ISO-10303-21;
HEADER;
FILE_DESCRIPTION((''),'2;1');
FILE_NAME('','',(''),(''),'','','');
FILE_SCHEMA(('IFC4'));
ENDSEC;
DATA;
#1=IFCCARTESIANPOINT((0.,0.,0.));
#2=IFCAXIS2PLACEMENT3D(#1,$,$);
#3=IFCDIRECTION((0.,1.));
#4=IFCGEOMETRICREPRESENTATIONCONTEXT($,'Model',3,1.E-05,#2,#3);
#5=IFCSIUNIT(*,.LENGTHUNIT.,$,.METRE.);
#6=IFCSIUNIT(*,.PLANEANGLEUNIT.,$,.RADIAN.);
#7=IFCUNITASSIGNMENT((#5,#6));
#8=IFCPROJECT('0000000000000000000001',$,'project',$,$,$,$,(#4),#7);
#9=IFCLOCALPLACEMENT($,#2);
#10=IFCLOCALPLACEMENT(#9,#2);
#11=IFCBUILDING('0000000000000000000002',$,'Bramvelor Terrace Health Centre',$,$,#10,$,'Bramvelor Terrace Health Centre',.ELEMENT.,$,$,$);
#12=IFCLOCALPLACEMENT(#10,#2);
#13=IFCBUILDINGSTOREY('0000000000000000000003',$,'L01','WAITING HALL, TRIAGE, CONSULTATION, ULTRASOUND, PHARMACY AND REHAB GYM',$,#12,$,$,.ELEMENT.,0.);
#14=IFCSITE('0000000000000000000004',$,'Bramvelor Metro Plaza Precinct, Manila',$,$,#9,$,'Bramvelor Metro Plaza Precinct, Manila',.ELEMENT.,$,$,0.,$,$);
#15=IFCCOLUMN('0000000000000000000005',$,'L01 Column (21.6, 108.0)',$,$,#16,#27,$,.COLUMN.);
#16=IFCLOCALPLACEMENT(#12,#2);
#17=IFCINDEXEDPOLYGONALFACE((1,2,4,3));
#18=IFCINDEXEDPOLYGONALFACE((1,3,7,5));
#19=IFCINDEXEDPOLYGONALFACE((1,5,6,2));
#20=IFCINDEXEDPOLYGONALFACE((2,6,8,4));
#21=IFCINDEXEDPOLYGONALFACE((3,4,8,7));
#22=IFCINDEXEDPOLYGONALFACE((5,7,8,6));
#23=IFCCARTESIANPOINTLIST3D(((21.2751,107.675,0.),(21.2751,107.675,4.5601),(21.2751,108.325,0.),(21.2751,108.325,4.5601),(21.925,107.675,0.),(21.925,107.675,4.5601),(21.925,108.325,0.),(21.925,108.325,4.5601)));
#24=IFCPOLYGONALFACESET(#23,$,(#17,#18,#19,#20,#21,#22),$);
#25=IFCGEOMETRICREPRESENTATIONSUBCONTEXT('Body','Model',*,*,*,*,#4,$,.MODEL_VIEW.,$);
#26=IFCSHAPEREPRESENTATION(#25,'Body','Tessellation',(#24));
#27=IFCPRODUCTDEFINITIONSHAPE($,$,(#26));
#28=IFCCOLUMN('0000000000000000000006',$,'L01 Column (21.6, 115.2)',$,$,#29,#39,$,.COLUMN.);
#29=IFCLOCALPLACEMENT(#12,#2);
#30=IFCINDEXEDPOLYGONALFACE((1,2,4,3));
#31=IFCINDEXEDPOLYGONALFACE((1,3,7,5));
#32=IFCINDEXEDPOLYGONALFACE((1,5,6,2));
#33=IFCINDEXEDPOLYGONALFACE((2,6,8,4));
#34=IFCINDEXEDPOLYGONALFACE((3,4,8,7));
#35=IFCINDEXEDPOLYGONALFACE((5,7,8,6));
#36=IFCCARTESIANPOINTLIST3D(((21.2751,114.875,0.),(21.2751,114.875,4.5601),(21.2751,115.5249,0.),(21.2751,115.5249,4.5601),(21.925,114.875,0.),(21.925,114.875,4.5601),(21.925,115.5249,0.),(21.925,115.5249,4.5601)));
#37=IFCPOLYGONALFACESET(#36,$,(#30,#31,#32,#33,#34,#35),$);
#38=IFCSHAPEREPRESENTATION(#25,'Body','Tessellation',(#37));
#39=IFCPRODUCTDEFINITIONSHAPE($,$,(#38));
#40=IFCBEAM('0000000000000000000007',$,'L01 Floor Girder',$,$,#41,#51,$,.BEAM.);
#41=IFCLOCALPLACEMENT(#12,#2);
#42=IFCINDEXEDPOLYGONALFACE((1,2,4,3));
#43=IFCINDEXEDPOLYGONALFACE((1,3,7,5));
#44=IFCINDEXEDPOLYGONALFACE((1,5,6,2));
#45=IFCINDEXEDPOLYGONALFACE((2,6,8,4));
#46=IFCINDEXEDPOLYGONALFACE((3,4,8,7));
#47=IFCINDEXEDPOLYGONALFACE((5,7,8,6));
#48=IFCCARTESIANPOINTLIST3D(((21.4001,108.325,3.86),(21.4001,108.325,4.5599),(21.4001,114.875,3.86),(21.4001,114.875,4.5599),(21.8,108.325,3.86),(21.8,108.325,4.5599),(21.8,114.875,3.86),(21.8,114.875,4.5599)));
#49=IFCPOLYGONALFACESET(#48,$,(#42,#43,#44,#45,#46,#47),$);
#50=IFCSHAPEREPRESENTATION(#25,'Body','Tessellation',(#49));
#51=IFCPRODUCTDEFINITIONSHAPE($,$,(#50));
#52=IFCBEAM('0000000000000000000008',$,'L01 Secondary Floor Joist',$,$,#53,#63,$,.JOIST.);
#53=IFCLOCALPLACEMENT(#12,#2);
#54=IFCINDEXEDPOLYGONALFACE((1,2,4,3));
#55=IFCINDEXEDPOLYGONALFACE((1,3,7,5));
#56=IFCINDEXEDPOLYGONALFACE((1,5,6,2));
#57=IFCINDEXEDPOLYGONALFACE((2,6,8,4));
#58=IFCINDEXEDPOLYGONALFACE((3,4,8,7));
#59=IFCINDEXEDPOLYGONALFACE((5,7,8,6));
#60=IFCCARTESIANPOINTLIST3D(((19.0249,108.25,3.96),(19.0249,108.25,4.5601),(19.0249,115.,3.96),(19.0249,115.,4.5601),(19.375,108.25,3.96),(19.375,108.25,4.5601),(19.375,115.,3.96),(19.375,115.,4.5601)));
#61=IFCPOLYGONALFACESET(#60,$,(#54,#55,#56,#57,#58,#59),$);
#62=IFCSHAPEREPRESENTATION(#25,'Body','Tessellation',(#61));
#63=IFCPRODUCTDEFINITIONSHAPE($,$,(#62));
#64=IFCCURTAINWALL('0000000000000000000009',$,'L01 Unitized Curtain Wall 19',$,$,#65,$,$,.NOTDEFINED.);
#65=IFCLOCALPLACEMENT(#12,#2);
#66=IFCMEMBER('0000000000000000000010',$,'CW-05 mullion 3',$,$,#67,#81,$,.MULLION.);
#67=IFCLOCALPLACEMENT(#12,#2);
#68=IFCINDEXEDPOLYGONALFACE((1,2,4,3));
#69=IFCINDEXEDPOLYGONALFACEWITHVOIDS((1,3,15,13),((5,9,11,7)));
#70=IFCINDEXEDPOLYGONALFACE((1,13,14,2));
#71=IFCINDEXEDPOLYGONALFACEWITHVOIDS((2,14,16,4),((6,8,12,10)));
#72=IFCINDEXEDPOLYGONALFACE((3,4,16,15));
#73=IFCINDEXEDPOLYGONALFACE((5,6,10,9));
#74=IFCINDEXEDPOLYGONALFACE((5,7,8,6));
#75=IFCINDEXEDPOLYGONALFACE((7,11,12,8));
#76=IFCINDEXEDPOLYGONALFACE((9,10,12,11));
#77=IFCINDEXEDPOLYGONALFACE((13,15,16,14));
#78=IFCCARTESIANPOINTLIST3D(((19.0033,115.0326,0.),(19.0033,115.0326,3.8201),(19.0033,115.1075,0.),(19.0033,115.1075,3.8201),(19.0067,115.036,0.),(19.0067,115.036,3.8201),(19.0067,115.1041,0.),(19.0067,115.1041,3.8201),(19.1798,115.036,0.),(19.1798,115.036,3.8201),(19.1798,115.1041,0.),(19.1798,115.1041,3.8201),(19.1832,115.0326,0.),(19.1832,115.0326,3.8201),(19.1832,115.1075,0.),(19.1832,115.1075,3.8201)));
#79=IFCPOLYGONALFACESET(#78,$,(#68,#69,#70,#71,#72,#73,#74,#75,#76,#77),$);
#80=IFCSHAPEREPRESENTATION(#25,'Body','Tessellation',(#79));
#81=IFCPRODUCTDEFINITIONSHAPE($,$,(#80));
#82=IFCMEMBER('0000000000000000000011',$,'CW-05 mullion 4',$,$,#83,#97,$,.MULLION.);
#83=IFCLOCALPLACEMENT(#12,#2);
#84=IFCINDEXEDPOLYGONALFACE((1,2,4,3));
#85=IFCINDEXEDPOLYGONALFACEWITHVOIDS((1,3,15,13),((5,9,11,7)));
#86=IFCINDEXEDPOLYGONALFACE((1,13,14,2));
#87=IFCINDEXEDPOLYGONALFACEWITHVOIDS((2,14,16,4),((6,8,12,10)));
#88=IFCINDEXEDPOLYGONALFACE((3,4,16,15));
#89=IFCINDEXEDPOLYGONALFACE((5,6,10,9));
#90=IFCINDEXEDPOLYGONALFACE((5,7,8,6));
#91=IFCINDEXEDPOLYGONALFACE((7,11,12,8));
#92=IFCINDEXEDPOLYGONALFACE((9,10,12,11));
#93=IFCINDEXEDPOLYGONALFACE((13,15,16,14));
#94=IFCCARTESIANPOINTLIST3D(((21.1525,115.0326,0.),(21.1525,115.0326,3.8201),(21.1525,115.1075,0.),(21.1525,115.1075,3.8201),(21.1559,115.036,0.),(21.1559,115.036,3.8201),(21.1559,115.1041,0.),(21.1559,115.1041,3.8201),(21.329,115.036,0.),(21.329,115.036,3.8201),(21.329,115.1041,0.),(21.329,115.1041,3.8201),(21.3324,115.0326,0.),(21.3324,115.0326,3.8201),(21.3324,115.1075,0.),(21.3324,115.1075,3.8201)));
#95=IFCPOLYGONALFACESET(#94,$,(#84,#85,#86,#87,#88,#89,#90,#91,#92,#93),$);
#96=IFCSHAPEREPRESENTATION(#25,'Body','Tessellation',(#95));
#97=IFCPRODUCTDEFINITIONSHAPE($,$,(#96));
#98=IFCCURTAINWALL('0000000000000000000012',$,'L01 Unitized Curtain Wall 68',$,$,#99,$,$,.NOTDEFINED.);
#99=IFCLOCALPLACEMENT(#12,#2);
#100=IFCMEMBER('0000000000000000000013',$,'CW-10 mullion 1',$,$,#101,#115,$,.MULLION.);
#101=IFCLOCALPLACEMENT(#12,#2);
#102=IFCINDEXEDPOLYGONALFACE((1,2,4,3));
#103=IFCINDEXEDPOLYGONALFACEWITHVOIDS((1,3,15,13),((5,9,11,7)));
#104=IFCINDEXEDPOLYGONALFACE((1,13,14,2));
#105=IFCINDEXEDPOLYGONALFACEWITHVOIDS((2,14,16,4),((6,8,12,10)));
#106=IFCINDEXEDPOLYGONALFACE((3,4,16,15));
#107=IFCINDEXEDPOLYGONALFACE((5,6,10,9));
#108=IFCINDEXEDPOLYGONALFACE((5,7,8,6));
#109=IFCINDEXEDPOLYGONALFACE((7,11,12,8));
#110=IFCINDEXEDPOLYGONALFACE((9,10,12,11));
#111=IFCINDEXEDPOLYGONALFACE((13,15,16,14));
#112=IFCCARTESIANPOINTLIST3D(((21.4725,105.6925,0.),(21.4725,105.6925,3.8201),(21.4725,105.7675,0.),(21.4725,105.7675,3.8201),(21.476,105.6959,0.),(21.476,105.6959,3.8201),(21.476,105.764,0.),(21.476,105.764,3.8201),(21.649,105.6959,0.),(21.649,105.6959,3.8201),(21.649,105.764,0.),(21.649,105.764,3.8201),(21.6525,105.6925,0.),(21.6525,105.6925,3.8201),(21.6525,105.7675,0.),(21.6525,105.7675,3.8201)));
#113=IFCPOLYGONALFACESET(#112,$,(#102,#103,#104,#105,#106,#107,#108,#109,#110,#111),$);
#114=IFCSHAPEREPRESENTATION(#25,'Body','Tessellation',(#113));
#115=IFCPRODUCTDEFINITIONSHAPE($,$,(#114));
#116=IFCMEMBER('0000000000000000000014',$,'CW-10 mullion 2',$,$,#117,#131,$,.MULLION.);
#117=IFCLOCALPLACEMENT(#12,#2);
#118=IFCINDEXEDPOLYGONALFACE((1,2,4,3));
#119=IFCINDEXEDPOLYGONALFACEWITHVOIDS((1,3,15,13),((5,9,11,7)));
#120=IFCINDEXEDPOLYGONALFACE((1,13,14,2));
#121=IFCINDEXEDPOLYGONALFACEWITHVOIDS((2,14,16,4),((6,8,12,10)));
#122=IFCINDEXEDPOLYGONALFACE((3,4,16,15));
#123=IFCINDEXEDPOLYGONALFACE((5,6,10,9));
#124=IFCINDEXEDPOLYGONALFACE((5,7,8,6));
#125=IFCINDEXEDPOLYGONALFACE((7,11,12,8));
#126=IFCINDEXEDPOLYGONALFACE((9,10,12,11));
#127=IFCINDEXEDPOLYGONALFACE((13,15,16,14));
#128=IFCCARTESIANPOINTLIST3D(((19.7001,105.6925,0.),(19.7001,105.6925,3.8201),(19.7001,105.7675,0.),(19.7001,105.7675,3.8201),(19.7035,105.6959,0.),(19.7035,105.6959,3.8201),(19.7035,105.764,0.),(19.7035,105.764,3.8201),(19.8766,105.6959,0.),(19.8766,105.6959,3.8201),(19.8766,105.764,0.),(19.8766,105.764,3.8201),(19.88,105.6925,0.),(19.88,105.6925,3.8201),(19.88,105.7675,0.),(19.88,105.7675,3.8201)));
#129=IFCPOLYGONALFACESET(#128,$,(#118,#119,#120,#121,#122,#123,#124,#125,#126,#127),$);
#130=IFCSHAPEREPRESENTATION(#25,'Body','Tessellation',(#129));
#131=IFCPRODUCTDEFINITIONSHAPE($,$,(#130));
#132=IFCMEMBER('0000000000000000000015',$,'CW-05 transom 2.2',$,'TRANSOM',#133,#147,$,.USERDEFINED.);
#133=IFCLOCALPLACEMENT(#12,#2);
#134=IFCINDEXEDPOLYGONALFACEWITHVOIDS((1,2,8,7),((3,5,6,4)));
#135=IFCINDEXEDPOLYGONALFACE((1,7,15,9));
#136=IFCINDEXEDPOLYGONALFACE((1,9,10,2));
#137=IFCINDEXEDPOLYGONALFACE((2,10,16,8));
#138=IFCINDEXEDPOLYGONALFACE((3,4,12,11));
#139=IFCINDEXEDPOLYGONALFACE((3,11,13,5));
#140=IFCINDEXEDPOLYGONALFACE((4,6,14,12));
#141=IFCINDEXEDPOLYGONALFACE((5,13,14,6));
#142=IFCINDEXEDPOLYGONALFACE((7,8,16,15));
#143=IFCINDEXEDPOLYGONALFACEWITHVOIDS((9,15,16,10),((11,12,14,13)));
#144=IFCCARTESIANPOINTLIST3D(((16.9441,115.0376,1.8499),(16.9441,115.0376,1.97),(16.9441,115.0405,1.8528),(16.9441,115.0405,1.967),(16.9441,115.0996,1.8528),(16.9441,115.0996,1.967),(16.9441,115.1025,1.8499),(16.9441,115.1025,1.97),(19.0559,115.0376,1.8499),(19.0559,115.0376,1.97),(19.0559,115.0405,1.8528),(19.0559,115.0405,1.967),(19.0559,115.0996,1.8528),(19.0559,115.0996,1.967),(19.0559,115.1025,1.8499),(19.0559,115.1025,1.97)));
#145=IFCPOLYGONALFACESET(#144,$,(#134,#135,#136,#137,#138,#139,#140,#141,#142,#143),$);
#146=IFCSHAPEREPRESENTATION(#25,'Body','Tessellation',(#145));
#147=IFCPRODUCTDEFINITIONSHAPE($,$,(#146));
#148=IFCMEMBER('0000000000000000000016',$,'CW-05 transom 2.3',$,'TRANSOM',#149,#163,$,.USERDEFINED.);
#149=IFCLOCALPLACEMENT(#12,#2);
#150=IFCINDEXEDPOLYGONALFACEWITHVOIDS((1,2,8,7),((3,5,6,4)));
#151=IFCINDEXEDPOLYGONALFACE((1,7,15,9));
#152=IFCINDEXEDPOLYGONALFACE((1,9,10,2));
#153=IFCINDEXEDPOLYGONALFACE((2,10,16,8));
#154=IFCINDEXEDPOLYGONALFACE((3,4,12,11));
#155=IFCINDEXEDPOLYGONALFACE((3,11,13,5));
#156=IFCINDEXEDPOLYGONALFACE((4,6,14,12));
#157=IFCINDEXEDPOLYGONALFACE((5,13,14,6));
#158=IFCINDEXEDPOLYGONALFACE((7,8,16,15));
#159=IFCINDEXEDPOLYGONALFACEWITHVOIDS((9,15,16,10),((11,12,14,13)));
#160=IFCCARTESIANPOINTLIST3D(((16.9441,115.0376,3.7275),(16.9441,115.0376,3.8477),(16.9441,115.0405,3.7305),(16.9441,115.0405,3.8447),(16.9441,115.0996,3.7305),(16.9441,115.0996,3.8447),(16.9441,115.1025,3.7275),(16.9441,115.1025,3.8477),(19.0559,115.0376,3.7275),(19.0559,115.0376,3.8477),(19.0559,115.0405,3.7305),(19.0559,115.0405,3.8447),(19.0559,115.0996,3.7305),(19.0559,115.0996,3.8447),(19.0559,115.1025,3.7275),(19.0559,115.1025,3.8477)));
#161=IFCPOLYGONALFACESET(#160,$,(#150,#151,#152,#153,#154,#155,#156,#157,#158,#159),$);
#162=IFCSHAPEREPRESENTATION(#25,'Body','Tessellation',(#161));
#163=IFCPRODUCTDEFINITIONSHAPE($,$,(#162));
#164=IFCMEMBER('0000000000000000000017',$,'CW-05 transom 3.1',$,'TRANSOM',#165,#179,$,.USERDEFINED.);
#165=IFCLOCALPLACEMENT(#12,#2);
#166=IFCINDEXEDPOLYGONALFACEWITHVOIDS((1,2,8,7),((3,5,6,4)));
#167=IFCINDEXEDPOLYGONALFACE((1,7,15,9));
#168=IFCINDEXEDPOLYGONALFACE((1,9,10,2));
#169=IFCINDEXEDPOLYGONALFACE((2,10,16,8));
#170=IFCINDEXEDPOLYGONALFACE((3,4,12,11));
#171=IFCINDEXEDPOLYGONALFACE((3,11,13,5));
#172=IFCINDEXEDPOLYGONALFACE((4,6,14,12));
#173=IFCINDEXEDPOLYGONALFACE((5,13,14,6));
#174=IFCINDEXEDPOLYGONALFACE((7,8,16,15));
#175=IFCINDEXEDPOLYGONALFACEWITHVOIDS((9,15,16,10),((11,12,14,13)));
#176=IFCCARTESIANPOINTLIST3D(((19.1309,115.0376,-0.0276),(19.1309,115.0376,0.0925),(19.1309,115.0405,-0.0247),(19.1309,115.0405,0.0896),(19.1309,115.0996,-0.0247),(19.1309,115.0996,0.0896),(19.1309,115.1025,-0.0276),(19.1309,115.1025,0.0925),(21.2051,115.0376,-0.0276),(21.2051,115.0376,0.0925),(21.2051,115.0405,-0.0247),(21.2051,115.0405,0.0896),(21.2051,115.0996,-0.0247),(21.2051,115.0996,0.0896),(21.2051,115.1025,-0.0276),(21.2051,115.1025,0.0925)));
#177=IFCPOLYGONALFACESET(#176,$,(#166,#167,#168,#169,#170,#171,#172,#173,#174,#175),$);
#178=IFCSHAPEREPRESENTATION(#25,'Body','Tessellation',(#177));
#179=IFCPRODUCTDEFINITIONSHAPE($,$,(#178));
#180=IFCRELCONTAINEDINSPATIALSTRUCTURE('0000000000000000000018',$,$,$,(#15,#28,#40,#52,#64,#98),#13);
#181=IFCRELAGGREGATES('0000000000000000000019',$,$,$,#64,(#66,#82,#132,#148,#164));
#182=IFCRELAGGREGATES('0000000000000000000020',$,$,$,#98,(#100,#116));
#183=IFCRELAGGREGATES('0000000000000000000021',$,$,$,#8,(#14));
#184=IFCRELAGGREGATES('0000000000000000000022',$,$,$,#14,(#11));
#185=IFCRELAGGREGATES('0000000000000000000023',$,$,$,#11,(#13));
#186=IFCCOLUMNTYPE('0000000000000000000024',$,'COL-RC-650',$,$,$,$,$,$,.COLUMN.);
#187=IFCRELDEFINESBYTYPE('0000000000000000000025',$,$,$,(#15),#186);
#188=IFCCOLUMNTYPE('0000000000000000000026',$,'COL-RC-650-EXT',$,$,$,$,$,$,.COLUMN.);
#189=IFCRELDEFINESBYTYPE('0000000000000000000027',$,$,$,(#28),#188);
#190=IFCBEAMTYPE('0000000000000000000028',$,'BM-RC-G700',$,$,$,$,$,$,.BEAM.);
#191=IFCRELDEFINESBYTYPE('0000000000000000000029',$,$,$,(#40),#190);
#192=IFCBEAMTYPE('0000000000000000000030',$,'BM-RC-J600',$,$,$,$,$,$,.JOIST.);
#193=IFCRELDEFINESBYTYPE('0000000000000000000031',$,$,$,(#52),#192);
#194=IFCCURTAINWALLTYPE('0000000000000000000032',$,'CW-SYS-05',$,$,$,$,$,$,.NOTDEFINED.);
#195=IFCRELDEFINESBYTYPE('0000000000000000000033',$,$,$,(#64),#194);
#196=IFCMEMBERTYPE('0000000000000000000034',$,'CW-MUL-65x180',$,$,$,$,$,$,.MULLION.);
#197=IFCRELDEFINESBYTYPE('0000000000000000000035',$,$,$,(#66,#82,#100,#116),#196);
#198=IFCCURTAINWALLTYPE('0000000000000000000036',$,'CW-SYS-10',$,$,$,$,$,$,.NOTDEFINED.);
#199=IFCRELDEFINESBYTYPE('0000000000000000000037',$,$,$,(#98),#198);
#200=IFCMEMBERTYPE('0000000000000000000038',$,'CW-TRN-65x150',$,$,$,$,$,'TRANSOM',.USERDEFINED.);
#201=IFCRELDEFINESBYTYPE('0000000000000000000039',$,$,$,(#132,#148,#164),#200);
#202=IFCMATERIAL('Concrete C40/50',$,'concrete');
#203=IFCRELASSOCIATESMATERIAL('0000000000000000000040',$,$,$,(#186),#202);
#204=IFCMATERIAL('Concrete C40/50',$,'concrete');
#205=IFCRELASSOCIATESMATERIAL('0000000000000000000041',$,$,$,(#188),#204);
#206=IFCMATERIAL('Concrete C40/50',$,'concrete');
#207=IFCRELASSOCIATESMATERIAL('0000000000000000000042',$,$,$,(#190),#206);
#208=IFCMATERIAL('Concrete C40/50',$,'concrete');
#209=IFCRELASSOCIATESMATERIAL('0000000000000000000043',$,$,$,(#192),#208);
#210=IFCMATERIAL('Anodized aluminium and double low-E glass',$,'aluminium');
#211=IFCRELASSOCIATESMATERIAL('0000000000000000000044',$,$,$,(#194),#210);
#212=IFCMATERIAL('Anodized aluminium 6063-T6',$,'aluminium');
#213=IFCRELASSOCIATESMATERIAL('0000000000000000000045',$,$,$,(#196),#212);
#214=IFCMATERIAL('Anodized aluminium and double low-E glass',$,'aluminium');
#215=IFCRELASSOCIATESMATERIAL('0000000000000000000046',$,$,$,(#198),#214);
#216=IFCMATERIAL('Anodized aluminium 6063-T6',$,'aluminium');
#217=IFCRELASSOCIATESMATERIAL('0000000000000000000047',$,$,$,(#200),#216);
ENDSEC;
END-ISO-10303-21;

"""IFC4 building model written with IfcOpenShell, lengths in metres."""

from ifc_helpers import new_model, si_unit, direction, frame, origin, origin_2d, place, context, subcontext, project, spatial, rectangle, hollow_rectangle, extrude, material, material_profile, profile_set, type_object, element, aggregate, save


model = new_model("IFC4")

# Units and contexts
model_context = context("Model", 3, precision=1e-05, world=origin(), true_north=direction((0.0, 1.0)))
body_context = subcontext(model_context, "Body", "Model", "MODEL_VIEW")
ifc_project = project(units=[si_unit("LENGTHUNIT", "METRE"), si_unit("PLANEANGLEUNIT", "RADIAN")], contexts=[model_context])

# Site, building, storey
site_placement = place(None, origin())
site = spatial("IfcSite", under=ifc_project, at=site_placement, Name="Bramvelor Metro Plaza Precinct, Manila", LongName="Bramvelor Metro Plaza Precinct, Manila", CompositionType="ELEMENT", RefElevation=0.0)
building_placement = place(site_placement, origin())
building = spatial("IfcBuilding", under=site, at=building_placement, Name="Bramvelor Terrace Health Centre", LongName="Bramvelor Terrace Health Centre", CompositionType="ELEMENT")
storey_placement = place(building_placement, origin())
storey = spatial("IfcBuildingStorey", under=building, at=storey_placement, Name="L01", Description="WAITING HALL, TRIAGE, CONSULTATION, ULTRASOUND, PHARMACY AND REHAB GYM", CompositionType="ELEMENT", Elevation=0.0)

# Columns
ifc_material_1 = material(Name="Concrete C40/50", Category="concrete")
ifc_material_profile_1 = material_profile(ifc_material_1, rectangle(XDim=0.6499, YDim=0.6499, at=origin_2d()), Name="RC 650x650")
ifc_profile_set_1 = profile_set([ifc_material_profile_1], Name="Concrete C40/50")
column_type_1 = type_object("IfcColumnType", Name="COL-RC-650", PredefinedType="COLUMN", material=ifc_profile_set_1)
column_1_placement = place(storey_placement, frame((21.6001, 108.0, 0.0), z_axis=(0.0, 0.0, 1.0), x_axis=(1.0, 0.0, 0.0)))
element("IfcColumn", 1, at=column_1_placement, inside=storey, type_object=column_type_1, Name="L01 Column (21.6, 108.0)", PredefinedType="COLUMN", context=body_context, shape_type="SweptSolid", body=[
    extrude(rectangle(XDim=0.6499, YDim=0.6499, at=origin_2d()), origin(), (0.0, 0.0, 1.0), 4.5601),
])
ifc_material_2 = material(Name="Concrete C40/50", Category="concrete")
ifc_material_profile_2 = material_profile(ifc_material_2, rectangle(XDim=0.6499, YDim=0.6499, at=origin_2d()), Name="RC 650x650")
ifc_profile_set_2 = profile_set([ifc_material_profile_2], Name="Concrete C40/50")
column_type_2 = type_object("IfcColumnType", Name="COL-RC-650-EXT", PredefinedType="COLUMN", material=ifc_profile_set_2)
column_2_placement = place(storey_placement, frame((21.6001, 115.2, 0.0), z_axis=(0.0, 0.0, 1.0), x_axis=(1.0, 0.0, 0.0)))
element("IfcColumn", 2, at=column_2_placement, inside=storey, type_object=column_type_2, Name="L01 Column (21.6, 115.2)", PredefinedType="COLUMN", context=body_context, shape_type="SweptSolid", body=[
    extrude(rectangle(XDim=0.6499, YDim=0.6499, at=origin_2d()), origin(), (0.0, 0.0, 1.0), 4.5601),
])

# Beams
ifc_material_3 = material(Name="Concrete C40/50", Category="concrete")
ifc_material_profile_3 = material_profile(ifc_material_3, rectangle(XDim=0.3999, YDim=0.7, at=origin_2d()), Name="RC 400x700")
ifc_profile_set_3 = profile_set([ifc_material_profile_3], Name="Concrete C40/50")
beam_type_1 = type_object("IfcBeamType", Name="BM-RC-G700", PredefinedType="BEAM", material=ifc_profile_set_3)
beam_1_placement = place(storey_placement, frame((21.6001, 108.325, 4.21), z_axis=(0.0, 1.0, 0.0), x_axis=(-1.0, 0.0, 0.0)))
element("IfcBeam", 3, at=beam_1_placement, inside=storey, type_object=beam_type_1, Name="L01 Floor Girder", PredefinedType="BEAM", context=body_context, shape_type="SweptSolid", body=[
    extrude(rectangle(XDim=0.3999, YDim=0.7, at=origin_2d()), origin(), (0.0, 0.0, 1.0), 6.55),
])
ifc_material_4 = material(Name="Concrete C40/50", Category="concrete")
ifc_material_profile_4 = material_profile(ifc_material_4, rectangle(XDim=0.3501, YDim=0.6001, at=origin_2d()), Name="RC 350x600")
ifc_profile_set_4 = profile_set([ifc_material_profile_4], Name="Concrete C40/50")
beam_type_2 = type_object("IfcBeamType", Name="BM-RC-J600", PredefinedType="JOIST", material=ifc_profile_set_4)
beam_2_placement = place(storey_placement, frame((19.2, 108.25, 4.26), z_axis=(0.0, 1.0, 0.0), x_axis=(-1.0, 0.0, 0.0)))
element("IfcBeam", 4, at=beam_2_placement, inside=storey, type_object=beam_type_2, Name="L01 Secondary Floor Joist", PredefinedType="JOIST", context=body_context, shape_type="SweptSolid", body=[
    extrude(rectangle(XDim=0.3501, YDim=0.6001, at=origin_2d()), origin(), (0.0, 0.0, 1.0), 6.75),
])

# Curtain walls, members
ifc_material_5 = material(Name="Anodized aluminium and double low-E glass", Category="aluminium")
curtain_wall_type_1 = type_object("IfcCurtainWallType", Name="CW-SYS-05", PredefinedType="NOTDEFINED", material=ifc_material_5)
curtain_wall_1_placement = place(storey_placement, origin())
curtain_wall_1 = element("IfcCurtainWall", 5, at=curtain_wall_1_placement, inside=storey, type_object=curtain_wall_type_1, Name="L01 Unitized Curtain Wall 19", PredefinedType="NOTDEFINED")
ifc_material_6 = material(Name="Anodized aluminium 6063-T6", Category="aluminium")
ifc_material_profile_5 = material_profile(ifc_material_6, hollow_rectangle(XDim=0.075, YDim=0.1799, WallThickness=0.0034, at=origin_2d()), Name="ALU-MUL 75x180x3.5")
ifc_profile_set_5 = profile_set([ifc_material_profile_5], Name="Anodized aluminium 6063-T6")
member_type_1 = type_object("IfcMemberType", Name="CW-MUL-65x180", PredefinedType="MULLION", material=ifc_profile_set_5)
member_1_placement = place(storey_placement, frame((19.0933, 115.0701, 0.0), z_axis=(0.0, 0.0, 1.0), x_axis=(0.0, 1.0, 0.0)))
member_1 = element("IfcMember", 6, at=member_1_placement, type_object=member_type_1, Name="CW-05 mullion 3", PredefinedType="MULLION", context=body_context, shape_type="SweptSolid", body=[
    extrude(hollow_rectangle(XDim=0.075, YDim=0.1799, WallThickness=0.0034, at=origin_2d()), origin(), (0.0, 0.0, 1.0), 3.8201),
])
member_2_placement = place(storey_placement, frame((21.2424, 115.0701, 0.0), z_axis=(0.0, 0.0, 1.0), x_axis=(0.0, 1.0, 0.0)))
member_2 = element("IfcMember", 7, at=member_2_placement, type_object=member_type_1, Name="CW-05 mullion 4", PredefinedType="MULLION", context=body_context, shape_type="SweptSolid", body=[
    extrude(hollow_rectangle(XDim=0.075, YDim=0.1799, WallThickness=0.0034, at=origin_2d()), origin(), (0.0, 0.0, 1.0), 3.8201),
])
ifc_material_7 = material(Name="Anodized aluminium and double low-E glass", Category="aluminium")
curtain_wall_type_2 = type_object("IfcCurtainWallType", Name="CW-SYS-10", PredefinedType="NOTDEFINED", material=ifc_material_7)
curtain_wall_2_placement = place(storey_placement, origin())
curtain_wall_2 = element("IfcCurtainWall", 8, at=curtain_wall_2_placement, inside=storey, type_object=curtain_wall_type_2, Name="L01 Unitized Curtain Wall 68", PredefinedType="NOTDEFINED")
member_3_placement = place(storey_placement, frame((21.5625, 105.73, 0.0), z_axis=(0.0, 0.0, 1.0), x_axis=(0.0, -1.0, 0.0)))
member_3 = element("IfcMember", 9, at=member_3_placement, type_object=member_type_1, Name="CW-10 mullion 1", PredefinedType="MULLION", context=body_context, shape_type="SweptSolid", body=[
    extrude(hollow_rectangle(XDim=0.075, YDim=0.1799, WallThickness=0.0034, at=origin_2d()), origin(), (0.0, 0.0, 1.0), 3.8201),
])
member_4_placement = place(storey_placement, frame((19.79, 105.73, 0.0), z_axis=(0.0, 0.0, 1.0), x_axis=(0.0, -1.0, 0.0)))
member_4 = element("IfcMember", 10, at=member_4_placement, type_object=member_type_1, Name="CW-10 mullion 2", PredefinedType="MULLION", context=body_context, shape_type="SweptSolid", body=[
    extrude(hollow_rectangle(XDim=0.075, YDim=0.1799, WallThickness=0.0034, at=origin_2d()), origin(), (0.0, 0.0, 1.0), 3.8201),
])

# Members
ifc_material_8 = material(Name="Anodized aluminium 6063-T6", Category="aluminium")
ifc_material_profile_6 = material_profile(ifc_material_8, hollow_rectangle(XDim=0.0649, YDim=0.1201, WallThickness=0.0029, at=origin_2d()), Name="ALU-TRN 65x120x3.0")
ifc_profile_set_6 = profile_set([ifc_material_profile_6], Name="Anodized aluminium 6063-T6")
member_type_2 = type_object("IfcMemberType", Name="CW-TRN-65x150", ElementType="TRANSOM", PredefinedType="USERDEFINED", material=ifc_profile_set_6)
member_5_placement = place(storey_placement, frame((16.9441, 115.0701, 1.9099), z_axis=(1.0, 0.0, 0.0), x_axis=(0.0, 1.0, 0.0)))
member_5 = element("IfcMember", 11, at=member_5_placement, type_object=member_type_2, Name="CW-05 transom 2.2", ObjectType="TRANSOM", PredefinedType="USERDEFINED", context=body_context, shape_type="SweptSolid", body=[
    extrude(hollow_rectangle(XDim=0.0649, YDim=0.1201, WallThickness=0.0029, at=origin_2d()), origin(), (0.0, 0.0, 1.0), 2.1118),
])
member_6_placement = place(storey_placement, frame((16.9441, 115.0701, 3.7876), z_axis=(1.0, 0.0, 0.0), x_axis=(0.0, 1.0, 0.0)))
member_6 = element("IfcMember", 12, at=member_6_placement, type_object=member_type_2, Name="CW-05 transom 2.3", ObjectType="TRANSOM", PredefinedType="USERDEFINED", context=body_context, shape_type="SweptSolid", body=[
    extrude(hollow_rectangle(XDim=0.0649, YDim=0.1201, WallThickness=0.0029, at=origin_2d()), origin(), (0.0, 0.0, 1.0), 2.1118),
])
member_7_placement = place(storey_placement, frame((19.1309, 115.0701, 0.0325), z_axis=(1.0, 0.0, 0.0), x_axis=(0.0, 1.0, 0.0)))
member_7 = element("IfcMember", 13, at=member_7_placement, type_object=member_type_2, Name="CW-05 transom 3.1", ObjectType="TRANSOM", PredefinedType="USERDEFINED", context=body_context, shape_type="SweptSolid", body=[
    extrude(hollow_rectangle(XDim=0.0649, YDim=0.1201, WallThickness=0.0029, at=origin_2d()), origin(), (0.0, 0.0, 1.0), 2.0742),
])

aggregate(curtain_wall_1, [member_1, member_2, member_5, member_6, member_7])
aggregate(curtain_wall_2, [member_3, member_4])

save(model, "model.ifc")
